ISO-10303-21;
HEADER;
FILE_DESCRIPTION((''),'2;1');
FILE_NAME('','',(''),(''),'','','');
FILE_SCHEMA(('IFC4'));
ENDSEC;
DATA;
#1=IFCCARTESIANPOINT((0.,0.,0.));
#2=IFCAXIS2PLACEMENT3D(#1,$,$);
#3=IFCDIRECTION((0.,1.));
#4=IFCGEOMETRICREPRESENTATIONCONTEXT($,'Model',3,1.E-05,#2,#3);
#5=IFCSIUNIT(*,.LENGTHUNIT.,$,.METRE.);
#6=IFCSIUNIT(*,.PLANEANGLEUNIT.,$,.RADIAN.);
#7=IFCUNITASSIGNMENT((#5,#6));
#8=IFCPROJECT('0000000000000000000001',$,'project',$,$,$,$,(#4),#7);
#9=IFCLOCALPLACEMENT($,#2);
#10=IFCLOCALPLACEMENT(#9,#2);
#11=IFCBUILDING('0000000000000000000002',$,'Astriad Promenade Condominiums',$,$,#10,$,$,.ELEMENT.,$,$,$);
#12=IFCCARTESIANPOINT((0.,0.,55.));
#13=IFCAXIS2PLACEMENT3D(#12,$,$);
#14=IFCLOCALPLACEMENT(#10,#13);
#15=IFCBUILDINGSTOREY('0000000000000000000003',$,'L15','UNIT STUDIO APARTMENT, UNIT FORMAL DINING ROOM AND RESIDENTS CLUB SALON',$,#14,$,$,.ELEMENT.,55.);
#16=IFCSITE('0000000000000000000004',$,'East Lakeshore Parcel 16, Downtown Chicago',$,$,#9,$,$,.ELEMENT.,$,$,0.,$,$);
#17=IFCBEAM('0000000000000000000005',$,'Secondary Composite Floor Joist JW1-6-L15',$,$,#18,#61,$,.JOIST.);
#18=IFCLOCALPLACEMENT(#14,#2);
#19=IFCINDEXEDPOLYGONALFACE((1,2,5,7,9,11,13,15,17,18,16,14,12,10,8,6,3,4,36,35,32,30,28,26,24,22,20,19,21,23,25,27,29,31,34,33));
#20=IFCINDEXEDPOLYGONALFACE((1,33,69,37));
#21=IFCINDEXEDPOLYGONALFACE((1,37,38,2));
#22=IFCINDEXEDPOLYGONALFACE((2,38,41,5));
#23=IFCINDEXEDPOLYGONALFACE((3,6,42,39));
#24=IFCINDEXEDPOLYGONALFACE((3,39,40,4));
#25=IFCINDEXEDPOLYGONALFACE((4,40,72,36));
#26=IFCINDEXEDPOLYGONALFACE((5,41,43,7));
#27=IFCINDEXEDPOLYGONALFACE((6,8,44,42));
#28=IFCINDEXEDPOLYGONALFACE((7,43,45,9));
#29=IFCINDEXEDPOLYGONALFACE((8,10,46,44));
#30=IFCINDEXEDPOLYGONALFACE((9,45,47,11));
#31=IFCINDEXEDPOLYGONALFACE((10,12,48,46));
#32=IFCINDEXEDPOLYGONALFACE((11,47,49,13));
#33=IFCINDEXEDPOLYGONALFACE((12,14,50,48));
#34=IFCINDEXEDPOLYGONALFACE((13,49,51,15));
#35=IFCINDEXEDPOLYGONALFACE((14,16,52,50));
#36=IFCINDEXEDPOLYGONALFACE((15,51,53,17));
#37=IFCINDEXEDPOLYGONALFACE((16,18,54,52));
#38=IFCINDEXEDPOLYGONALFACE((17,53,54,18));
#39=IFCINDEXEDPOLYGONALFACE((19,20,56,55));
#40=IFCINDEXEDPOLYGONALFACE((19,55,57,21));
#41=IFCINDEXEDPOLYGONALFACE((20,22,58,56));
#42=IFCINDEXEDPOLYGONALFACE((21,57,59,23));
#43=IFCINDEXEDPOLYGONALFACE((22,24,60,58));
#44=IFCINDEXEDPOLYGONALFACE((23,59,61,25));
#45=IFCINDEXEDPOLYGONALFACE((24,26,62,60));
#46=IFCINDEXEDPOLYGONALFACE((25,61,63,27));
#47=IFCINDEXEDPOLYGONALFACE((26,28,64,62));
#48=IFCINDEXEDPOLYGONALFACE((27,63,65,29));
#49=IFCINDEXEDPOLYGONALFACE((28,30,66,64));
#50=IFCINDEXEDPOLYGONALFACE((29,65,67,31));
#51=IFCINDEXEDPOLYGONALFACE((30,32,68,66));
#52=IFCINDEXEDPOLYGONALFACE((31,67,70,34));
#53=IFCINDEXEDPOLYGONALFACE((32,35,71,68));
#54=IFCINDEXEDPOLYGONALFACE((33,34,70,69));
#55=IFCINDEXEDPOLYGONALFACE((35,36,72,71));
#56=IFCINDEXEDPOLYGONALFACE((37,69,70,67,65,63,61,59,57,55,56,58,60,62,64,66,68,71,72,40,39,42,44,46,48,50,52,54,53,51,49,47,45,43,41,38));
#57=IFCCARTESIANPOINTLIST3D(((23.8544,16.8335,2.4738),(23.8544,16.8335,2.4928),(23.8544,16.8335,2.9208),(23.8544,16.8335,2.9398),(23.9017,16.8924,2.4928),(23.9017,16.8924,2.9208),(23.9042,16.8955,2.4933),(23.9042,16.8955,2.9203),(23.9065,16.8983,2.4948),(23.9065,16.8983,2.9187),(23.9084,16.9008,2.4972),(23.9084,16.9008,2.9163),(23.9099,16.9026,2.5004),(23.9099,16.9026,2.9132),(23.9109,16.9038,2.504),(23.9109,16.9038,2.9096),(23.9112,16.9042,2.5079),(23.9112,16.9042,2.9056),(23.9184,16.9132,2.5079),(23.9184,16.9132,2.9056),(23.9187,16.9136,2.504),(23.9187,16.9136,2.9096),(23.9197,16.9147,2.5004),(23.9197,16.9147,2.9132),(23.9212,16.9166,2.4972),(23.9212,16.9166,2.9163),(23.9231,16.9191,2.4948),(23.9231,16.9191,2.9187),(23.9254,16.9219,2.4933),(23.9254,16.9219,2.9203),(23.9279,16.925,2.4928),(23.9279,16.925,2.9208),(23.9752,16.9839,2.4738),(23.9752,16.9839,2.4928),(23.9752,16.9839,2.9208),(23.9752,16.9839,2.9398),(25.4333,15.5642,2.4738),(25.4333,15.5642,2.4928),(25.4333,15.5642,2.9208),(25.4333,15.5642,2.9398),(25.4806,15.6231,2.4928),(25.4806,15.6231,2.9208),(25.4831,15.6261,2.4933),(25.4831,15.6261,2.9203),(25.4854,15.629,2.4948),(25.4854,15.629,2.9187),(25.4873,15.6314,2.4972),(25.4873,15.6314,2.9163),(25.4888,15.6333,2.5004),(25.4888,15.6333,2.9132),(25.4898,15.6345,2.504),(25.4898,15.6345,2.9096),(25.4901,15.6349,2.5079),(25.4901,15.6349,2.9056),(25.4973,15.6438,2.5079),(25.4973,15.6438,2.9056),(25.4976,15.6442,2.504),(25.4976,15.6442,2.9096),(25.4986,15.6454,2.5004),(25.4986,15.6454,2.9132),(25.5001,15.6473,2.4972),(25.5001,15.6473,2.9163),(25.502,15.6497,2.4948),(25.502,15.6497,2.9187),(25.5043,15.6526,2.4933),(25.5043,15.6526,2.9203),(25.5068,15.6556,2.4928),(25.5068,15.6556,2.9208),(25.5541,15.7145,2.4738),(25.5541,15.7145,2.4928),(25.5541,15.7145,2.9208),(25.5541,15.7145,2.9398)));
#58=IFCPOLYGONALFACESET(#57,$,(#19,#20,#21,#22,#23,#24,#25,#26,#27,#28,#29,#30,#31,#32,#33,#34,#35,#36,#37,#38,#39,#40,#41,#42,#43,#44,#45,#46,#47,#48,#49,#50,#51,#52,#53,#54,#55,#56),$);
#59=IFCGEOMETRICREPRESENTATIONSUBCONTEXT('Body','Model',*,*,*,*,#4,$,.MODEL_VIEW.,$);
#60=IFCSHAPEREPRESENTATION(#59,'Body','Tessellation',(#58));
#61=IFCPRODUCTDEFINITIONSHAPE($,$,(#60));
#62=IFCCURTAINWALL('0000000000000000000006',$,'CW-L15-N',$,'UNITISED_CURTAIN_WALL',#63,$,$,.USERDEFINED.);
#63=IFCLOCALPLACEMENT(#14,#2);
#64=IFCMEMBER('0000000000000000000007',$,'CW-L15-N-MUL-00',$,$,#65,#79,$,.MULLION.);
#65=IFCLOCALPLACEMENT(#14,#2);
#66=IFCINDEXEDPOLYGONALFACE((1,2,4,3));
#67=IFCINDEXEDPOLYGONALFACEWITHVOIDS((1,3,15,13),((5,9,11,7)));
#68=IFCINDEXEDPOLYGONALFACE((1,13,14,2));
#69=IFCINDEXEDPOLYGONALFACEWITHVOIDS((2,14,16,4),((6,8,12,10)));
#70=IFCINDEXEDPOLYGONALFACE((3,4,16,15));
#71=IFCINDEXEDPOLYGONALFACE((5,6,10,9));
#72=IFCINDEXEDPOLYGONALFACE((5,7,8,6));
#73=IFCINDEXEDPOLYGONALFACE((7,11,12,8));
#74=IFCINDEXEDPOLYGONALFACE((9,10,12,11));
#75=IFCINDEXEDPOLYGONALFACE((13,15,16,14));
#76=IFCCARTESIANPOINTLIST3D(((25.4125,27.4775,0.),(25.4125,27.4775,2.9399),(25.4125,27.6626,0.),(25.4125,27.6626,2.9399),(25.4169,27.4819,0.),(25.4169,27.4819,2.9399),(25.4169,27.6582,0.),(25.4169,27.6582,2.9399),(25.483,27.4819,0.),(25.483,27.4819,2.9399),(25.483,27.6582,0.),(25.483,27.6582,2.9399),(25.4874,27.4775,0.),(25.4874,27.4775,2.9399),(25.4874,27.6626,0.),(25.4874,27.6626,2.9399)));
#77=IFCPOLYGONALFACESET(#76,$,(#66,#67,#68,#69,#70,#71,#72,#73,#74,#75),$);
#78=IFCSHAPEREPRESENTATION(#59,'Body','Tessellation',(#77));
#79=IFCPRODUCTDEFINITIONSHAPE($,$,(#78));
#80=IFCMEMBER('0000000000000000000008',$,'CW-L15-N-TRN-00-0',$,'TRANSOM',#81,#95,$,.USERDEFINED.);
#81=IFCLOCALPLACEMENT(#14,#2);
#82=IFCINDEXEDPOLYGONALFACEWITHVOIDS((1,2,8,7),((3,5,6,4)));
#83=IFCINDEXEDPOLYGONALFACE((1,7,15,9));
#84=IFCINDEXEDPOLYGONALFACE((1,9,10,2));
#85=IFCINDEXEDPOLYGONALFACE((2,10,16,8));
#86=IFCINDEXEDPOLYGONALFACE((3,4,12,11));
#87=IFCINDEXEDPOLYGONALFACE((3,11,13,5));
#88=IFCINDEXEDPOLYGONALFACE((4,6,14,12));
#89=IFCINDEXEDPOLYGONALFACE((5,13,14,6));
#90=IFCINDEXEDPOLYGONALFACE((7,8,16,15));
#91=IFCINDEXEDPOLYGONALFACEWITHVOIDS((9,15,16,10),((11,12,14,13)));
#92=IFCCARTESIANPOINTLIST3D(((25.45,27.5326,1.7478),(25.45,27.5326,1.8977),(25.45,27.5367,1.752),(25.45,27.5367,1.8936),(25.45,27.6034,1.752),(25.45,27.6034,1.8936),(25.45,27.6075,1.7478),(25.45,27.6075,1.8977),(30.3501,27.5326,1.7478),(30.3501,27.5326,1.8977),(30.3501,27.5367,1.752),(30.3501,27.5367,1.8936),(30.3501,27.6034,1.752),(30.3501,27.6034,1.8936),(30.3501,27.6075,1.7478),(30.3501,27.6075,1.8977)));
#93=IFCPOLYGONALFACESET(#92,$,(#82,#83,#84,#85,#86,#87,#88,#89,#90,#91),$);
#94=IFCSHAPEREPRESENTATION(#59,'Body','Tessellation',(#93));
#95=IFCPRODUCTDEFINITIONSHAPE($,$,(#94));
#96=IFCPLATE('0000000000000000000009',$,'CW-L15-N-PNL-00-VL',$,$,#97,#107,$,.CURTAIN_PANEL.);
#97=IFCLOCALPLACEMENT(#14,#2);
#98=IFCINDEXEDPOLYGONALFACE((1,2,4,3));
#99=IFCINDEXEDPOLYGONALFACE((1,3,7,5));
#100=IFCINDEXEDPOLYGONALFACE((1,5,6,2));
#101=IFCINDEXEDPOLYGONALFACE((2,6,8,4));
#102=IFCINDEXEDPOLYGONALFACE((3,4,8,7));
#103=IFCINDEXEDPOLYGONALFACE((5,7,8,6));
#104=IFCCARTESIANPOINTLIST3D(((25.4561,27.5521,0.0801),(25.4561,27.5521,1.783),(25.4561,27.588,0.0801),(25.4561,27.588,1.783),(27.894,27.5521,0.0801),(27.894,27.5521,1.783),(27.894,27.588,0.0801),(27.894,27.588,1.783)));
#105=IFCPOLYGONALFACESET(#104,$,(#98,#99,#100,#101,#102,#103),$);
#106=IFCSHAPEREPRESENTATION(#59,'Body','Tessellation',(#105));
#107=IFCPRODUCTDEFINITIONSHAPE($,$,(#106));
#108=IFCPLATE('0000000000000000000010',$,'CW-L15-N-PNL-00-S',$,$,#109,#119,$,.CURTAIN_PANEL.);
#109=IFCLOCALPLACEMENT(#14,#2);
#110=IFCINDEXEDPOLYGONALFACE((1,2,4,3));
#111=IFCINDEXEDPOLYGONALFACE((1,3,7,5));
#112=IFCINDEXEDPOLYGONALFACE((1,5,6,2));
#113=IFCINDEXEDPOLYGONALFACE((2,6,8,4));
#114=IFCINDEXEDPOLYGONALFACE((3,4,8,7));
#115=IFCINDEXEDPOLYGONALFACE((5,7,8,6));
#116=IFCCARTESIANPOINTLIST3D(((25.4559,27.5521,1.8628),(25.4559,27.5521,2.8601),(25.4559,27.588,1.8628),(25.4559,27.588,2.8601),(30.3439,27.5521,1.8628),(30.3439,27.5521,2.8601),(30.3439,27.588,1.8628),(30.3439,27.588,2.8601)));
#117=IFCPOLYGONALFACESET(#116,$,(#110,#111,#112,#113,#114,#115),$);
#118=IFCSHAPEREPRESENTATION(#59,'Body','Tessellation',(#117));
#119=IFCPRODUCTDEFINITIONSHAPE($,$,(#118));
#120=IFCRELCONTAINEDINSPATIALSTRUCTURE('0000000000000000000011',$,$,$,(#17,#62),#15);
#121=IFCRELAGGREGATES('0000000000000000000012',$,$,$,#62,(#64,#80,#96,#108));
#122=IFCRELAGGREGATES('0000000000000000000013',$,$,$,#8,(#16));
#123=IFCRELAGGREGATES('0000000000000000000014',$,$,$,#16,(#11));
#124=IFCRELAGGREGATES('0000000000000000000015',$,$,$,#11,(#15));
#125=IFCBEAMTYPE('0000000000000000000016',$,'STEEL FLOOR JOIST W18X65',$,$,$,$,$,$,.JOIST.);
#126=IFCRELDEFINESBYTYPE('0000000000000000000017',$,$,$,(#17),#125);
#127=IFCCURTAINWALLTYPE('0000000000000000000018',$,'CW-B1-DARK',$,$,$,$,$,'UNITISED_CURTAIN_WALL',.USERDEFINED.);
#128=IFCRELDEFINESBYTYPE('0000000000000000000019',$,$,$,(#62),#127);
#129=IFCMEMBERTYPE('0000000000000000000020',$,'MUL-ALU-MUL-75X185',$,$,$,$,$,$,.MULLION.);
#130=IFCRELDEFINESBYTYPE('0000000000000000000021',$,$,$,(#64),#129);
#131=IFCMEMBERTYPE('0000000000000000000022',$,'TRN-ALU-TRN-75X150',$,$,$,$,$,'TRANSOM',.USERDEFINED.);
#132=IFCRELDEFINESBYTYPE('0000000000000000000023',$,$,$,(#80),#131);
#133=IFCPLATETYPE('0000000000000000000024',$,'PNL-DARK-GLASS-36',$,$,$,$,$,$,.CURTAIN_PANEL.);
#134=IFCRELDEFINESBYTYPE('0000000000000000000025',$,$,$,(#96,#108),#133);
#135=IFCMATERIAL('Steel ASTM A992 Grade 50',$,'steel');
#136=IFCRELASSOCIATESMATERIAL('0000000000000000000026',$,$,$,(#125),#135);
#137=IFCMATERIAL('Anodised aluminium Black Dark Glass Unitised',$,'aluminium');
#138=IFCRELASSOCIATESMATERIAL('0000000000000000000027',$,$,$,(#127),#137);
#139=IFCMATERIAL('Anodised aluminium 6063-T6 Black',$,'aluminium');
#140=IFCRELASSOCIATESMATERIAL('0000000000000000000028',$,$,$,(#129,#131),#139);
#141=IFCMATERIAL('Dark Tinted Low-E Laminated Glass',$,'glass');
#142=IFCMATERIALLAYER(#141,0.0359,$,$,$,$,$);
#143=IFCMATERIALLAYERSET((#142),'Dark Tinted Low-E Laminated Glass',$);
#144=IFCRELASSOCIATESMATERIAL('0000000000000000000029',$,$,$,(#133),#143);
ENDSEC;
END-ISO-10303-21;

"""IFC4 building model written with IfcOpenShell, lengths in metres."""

from ifc_helpers import new_model, si_unit, direction, frame, origin, origin_2d, place, context, subcontext, project, spatial, rectangle, hollow_rectangle, i_section, extrude, source, transform, mapped, material, layer, layer_set, material_profile, profile_set, type_object, type_shapes, element, aggregate, save


model = new_model("IFC4")

# Units and contexts
model_context = context("Model", 3, precision=1e-05, world=origin(), true_north=direction((0.0, 1.0)))
body_context = subcontext(model_context, "Body", "Model", "MODEL_VIEW")
ifc_project = project(units=[si_unit("LENGTHUNIT", "METRE"), si_unit("PLANEANGLEUNIT", "RADIAN")], contexts=[model_context])

# Site, building, storey
site_placement = place(None, origin())
site = spatial("IfcSite", under=ifc_project, at=site_placement, Name="East Lakeshore Parcel 16, Downtown Chicago", CompositionType="ELEMENT", RefElevation=0.0)
building_placement = place(site_placement, origin())
building = spatial("IfcBuilding", under=site, at=building_placement, Name="Astriad Promenade Condominiums", CompositionType="ELEMENT")
storey_placement = place(building_placement, frame((0.0, 0.0, 55.0)))
storey = spatial("IfcBuildingStorey", under=building, at=storey_placement, Name="L15", Description="UNIT STUDIO APARTMENT, UNIT FORMAL DINING ROOM AND RESIDENTS CLUB SALON", CompositionType="ELEMENT", Elevation=55.0)

# Shared definitions
ifc_material_1 = material(Name="Steel ASTM A992 Grade 50", Category="steel")

# Beam
ifc_material_profile_1 = material_profile(ifc_material_1, i_section(OverallWidth=0.1929, OverallDepth=0.4661, WebThickness=0.0115, FlangeThickness=0.019, FilletRadius=0.0151, at=origin_2d()), Name="W18X65")
ifc_profile_set_1 = profile_set([ifc_material_profile_1], Name="Steel ASTM A992 Grade 50")
beam_type_1 = type_object("IfcBeamType", Name="STEEL FLOOR JOIST W18X65", PredefinedType="JOIST", material=ifc_profile_set_1)
shared_shape_1 = source(origin(), body_context, "Body", "SweptSolid", [
    extrude(i_section(OverallWidth=0.1929, OverallDepth=0.4661, WebThickness=0.0115, FlangeThickness=0.019, FilletRadius=0.0151, at=origin_2d()), origin(), (0.0, 0.0, 1.0), 2.0259),
])
type_shapes(beam_type_1, [shared_shape_1])
beam_1_placement = place(storey_placement, frame((23.9148, 16.9087, 2.7068), z_axis=(0.779373, -0.62656, 0.0), x_axis=(0.62656, 0.779373, 0.0)))
element("IfcBeam", 1, at=beam_1_placement, inside=storey, type_object=beam_type_1, Name="Secondary Composite Floor Joist JW1-6-L15", PredefinedType="JOIST", context=body_context, shape_type="MappedRepresentation", body=[
    mapped(shared_shape_1, transform((0.0, 0.0, 0.0), scale=1.0)),
])

# Curtain wall, members, plates
ifc_material_2 = material(Name="Anodised aluminium Black Dark Glass Unitised", Category="aluminium")
curtain_wall_type = type_object("IfcCurtainWallType", Name="CW-B1-DARK", ElementType="UNITISED_CURTAIN_WALL", PredefinedType="USERDEFINED", material=ifc_material_2)
curtain_wall_placement = place(storey_placement, origin())
curtain_wall = element("IfcCurtainWall", 2, at=curtain_wall_placement, inside=storey, type_object=curtain_wall_type, Name="CW-L15-N", ObjectType="UNITISED_CURTAIN_WALL", PredefinedType="USERDEFINED")
ifc_material_3 = material(Name="Anodised aluminium 6063-T6 Black", Category="aluminium")
ifc_material_profile_2 = material_profile(ifc_material_3, hollow_rectangle(XDim=0.075, YDim=0.1851, WallThickness=0.0044, at=origin_2d()), Name="ALU-MUL-75X185")
ifc_profile_set_2 = profile_set([ifc_material_profile_2], Name="Anodised aluminium 6063-T6 Black")
member_type_1 = type_object("IfcMemberType", Name="MUL-ALU-MUL-75X185", PredefinedType="MULLION", material=ifc_profile_set_2)
shared_shape_2 = source(origin(), body_context, "Body", "SweptSolid", [
    extrude(hollow_rectangle(XDim=0.075, YDim=0.1851, WallThickness=0.0044, at=origin_2d()), origin(), (0.0, 0.0, 1.0), 2.9399),
])
type_shapes(member_type_1, [shared_shape_2])
member_1_placement = place(storey_placement, frame((25.45, 27.5701, 0.0), z_axis=(0.0, 0.0, 1.0), x_axis=(1.0, 0.0, 0.0)))
member_1 = element("IfcMember", 3, at=member_1_placement, type_object=member_type_1, Name="CW-L15-N-MUL-00", PredefinedType="MULLION", context=body_context, shape_type="MappedRepresentation", body=[
    mapped(shared_shape_2, transform((0.0, 0.0, 0.0), scale=1.0)),
])
ifc_material_profile_3 = material_profile(ifc_material_3, hollow_rectangle(XDim=0.075, YDim=0.1499, WallThickness=0.0042, at=origin_2d()), Name="ALU-TRN-75X150")
ifc_profile_set_3 = profile_set([ifc_material_profile_3], Name="Anodised aluminium 6063-T6 Black")
member_type_2 = type_object("IfcMemberType", Name="TRN-ALU-TRN-75X150", ElementType="TRANSOM", PredefinedType="USERDEFINED", material=ifc_profile_set_3)
shared_shape_3 = source(origin(), body_context, "Body", "SweptSolid", [
    extrude(hollow_rectangle(XDim=0.075, YDim=0.1499, WallThickness=0.0042, at=origin_2d()), origin(), (0.0, 0.0, 1.0), 4.9001),
])
type_shapes(member_type_2, [shared_shape_3])
member_2_placement = place(storey_placement, frame((25.45, 27.5701, 1.8228), z_axis=(1.0, 0.0, 0.0), x_axis=(0.0, 1.0, 0.0)))
member_2 = element("IfcMember", 4, at=member_2_placement, type_object=member_type_2, Name="CW-L15-N-TRN-00-0", ObjectType="TRANSOM", PredefinedType="USERDEFINED", context=body_context, shape_type="MappedRepresentation", body=[
    mapped(shared_shape_3, transform((0.0, 0.0, 0.0), scale=1.0)),
])
ifc_material_4 = material(Name="Dark Tinted Low-E Laminated Glass", Category="glass")
ifc_layer_1 = layer(ifc_material_4, 0.0359)
ifc_layer_set_1 = layer_set([ifc_layer_1], Name="Dark Tinted Low-E Laminated Glass")
plate_type = type_object("IfcPlateType", Name="PNL-DARK-GLASS-36", PredefinedType="CURTAIN_PANEL", material=ifc_layer_set_1)
shared_shape_4 = source(origin(), body_context, "Body", "SweptSolid", [
    extrude(rectangle(XDim=2.438, YDim=0.0359, at=origin_2d()), origin(), (0.0, 0.0, 1.0), 1.7029),
])
plate_1_placement = place(storey_placement, frame((26.675, 27.5701, 0.0801), z_axis=(0.0, 0.0, 1.0), x_axis=(1.0, 0.0, 0.0)))
plate_1 = element("IfcPlate", 5, at=plate_1_placement, type_object=plate_type, Name="CW-L15-N-PNL-00-VL", PredefinedType="CURTAIN_PANEL", context=body_context, shape_type="MappedRepresentation", body=[
    mapped(shared_shape_4, transform((0.0, 0.0, 0.0), scale=1.0)),
])
shared_shape_5 = source(origin(), body_context, "Body", "SweptSolid", [
    extrude(rectangle(XDim=4.8879, YDim=0.0359, at=origin_2d()), origin(), (0.0, 0.0, 1.0), 0.9973),
])
type_shapes(plate_type, [shared_shape_4, shared_shape_5])
plate_2_placement = place(storey_placement, frame((27.8999, 27.5701, 1.8628), z_axis=(0.0, 0.0, 1.0), x_axis=(1.0, 0.0, 0.0)))
plate_2 = element("IfcPlate", 6, at=plate_2_placement, type_object=plate_type, Name="CW-L15-N-PNL-00-S", PredefinedType="CURTAIN_PANEL", context=body_context, shape_type="MappedRepresentation", body=[
    mapped(shared_shape_5, transform((0.0, 0.0, 0.0), scale=1.0)),
])
aggregate(curtain_wall, [member_1, member_2, plate_1, plate_2])

save(model, "model.ifc")
